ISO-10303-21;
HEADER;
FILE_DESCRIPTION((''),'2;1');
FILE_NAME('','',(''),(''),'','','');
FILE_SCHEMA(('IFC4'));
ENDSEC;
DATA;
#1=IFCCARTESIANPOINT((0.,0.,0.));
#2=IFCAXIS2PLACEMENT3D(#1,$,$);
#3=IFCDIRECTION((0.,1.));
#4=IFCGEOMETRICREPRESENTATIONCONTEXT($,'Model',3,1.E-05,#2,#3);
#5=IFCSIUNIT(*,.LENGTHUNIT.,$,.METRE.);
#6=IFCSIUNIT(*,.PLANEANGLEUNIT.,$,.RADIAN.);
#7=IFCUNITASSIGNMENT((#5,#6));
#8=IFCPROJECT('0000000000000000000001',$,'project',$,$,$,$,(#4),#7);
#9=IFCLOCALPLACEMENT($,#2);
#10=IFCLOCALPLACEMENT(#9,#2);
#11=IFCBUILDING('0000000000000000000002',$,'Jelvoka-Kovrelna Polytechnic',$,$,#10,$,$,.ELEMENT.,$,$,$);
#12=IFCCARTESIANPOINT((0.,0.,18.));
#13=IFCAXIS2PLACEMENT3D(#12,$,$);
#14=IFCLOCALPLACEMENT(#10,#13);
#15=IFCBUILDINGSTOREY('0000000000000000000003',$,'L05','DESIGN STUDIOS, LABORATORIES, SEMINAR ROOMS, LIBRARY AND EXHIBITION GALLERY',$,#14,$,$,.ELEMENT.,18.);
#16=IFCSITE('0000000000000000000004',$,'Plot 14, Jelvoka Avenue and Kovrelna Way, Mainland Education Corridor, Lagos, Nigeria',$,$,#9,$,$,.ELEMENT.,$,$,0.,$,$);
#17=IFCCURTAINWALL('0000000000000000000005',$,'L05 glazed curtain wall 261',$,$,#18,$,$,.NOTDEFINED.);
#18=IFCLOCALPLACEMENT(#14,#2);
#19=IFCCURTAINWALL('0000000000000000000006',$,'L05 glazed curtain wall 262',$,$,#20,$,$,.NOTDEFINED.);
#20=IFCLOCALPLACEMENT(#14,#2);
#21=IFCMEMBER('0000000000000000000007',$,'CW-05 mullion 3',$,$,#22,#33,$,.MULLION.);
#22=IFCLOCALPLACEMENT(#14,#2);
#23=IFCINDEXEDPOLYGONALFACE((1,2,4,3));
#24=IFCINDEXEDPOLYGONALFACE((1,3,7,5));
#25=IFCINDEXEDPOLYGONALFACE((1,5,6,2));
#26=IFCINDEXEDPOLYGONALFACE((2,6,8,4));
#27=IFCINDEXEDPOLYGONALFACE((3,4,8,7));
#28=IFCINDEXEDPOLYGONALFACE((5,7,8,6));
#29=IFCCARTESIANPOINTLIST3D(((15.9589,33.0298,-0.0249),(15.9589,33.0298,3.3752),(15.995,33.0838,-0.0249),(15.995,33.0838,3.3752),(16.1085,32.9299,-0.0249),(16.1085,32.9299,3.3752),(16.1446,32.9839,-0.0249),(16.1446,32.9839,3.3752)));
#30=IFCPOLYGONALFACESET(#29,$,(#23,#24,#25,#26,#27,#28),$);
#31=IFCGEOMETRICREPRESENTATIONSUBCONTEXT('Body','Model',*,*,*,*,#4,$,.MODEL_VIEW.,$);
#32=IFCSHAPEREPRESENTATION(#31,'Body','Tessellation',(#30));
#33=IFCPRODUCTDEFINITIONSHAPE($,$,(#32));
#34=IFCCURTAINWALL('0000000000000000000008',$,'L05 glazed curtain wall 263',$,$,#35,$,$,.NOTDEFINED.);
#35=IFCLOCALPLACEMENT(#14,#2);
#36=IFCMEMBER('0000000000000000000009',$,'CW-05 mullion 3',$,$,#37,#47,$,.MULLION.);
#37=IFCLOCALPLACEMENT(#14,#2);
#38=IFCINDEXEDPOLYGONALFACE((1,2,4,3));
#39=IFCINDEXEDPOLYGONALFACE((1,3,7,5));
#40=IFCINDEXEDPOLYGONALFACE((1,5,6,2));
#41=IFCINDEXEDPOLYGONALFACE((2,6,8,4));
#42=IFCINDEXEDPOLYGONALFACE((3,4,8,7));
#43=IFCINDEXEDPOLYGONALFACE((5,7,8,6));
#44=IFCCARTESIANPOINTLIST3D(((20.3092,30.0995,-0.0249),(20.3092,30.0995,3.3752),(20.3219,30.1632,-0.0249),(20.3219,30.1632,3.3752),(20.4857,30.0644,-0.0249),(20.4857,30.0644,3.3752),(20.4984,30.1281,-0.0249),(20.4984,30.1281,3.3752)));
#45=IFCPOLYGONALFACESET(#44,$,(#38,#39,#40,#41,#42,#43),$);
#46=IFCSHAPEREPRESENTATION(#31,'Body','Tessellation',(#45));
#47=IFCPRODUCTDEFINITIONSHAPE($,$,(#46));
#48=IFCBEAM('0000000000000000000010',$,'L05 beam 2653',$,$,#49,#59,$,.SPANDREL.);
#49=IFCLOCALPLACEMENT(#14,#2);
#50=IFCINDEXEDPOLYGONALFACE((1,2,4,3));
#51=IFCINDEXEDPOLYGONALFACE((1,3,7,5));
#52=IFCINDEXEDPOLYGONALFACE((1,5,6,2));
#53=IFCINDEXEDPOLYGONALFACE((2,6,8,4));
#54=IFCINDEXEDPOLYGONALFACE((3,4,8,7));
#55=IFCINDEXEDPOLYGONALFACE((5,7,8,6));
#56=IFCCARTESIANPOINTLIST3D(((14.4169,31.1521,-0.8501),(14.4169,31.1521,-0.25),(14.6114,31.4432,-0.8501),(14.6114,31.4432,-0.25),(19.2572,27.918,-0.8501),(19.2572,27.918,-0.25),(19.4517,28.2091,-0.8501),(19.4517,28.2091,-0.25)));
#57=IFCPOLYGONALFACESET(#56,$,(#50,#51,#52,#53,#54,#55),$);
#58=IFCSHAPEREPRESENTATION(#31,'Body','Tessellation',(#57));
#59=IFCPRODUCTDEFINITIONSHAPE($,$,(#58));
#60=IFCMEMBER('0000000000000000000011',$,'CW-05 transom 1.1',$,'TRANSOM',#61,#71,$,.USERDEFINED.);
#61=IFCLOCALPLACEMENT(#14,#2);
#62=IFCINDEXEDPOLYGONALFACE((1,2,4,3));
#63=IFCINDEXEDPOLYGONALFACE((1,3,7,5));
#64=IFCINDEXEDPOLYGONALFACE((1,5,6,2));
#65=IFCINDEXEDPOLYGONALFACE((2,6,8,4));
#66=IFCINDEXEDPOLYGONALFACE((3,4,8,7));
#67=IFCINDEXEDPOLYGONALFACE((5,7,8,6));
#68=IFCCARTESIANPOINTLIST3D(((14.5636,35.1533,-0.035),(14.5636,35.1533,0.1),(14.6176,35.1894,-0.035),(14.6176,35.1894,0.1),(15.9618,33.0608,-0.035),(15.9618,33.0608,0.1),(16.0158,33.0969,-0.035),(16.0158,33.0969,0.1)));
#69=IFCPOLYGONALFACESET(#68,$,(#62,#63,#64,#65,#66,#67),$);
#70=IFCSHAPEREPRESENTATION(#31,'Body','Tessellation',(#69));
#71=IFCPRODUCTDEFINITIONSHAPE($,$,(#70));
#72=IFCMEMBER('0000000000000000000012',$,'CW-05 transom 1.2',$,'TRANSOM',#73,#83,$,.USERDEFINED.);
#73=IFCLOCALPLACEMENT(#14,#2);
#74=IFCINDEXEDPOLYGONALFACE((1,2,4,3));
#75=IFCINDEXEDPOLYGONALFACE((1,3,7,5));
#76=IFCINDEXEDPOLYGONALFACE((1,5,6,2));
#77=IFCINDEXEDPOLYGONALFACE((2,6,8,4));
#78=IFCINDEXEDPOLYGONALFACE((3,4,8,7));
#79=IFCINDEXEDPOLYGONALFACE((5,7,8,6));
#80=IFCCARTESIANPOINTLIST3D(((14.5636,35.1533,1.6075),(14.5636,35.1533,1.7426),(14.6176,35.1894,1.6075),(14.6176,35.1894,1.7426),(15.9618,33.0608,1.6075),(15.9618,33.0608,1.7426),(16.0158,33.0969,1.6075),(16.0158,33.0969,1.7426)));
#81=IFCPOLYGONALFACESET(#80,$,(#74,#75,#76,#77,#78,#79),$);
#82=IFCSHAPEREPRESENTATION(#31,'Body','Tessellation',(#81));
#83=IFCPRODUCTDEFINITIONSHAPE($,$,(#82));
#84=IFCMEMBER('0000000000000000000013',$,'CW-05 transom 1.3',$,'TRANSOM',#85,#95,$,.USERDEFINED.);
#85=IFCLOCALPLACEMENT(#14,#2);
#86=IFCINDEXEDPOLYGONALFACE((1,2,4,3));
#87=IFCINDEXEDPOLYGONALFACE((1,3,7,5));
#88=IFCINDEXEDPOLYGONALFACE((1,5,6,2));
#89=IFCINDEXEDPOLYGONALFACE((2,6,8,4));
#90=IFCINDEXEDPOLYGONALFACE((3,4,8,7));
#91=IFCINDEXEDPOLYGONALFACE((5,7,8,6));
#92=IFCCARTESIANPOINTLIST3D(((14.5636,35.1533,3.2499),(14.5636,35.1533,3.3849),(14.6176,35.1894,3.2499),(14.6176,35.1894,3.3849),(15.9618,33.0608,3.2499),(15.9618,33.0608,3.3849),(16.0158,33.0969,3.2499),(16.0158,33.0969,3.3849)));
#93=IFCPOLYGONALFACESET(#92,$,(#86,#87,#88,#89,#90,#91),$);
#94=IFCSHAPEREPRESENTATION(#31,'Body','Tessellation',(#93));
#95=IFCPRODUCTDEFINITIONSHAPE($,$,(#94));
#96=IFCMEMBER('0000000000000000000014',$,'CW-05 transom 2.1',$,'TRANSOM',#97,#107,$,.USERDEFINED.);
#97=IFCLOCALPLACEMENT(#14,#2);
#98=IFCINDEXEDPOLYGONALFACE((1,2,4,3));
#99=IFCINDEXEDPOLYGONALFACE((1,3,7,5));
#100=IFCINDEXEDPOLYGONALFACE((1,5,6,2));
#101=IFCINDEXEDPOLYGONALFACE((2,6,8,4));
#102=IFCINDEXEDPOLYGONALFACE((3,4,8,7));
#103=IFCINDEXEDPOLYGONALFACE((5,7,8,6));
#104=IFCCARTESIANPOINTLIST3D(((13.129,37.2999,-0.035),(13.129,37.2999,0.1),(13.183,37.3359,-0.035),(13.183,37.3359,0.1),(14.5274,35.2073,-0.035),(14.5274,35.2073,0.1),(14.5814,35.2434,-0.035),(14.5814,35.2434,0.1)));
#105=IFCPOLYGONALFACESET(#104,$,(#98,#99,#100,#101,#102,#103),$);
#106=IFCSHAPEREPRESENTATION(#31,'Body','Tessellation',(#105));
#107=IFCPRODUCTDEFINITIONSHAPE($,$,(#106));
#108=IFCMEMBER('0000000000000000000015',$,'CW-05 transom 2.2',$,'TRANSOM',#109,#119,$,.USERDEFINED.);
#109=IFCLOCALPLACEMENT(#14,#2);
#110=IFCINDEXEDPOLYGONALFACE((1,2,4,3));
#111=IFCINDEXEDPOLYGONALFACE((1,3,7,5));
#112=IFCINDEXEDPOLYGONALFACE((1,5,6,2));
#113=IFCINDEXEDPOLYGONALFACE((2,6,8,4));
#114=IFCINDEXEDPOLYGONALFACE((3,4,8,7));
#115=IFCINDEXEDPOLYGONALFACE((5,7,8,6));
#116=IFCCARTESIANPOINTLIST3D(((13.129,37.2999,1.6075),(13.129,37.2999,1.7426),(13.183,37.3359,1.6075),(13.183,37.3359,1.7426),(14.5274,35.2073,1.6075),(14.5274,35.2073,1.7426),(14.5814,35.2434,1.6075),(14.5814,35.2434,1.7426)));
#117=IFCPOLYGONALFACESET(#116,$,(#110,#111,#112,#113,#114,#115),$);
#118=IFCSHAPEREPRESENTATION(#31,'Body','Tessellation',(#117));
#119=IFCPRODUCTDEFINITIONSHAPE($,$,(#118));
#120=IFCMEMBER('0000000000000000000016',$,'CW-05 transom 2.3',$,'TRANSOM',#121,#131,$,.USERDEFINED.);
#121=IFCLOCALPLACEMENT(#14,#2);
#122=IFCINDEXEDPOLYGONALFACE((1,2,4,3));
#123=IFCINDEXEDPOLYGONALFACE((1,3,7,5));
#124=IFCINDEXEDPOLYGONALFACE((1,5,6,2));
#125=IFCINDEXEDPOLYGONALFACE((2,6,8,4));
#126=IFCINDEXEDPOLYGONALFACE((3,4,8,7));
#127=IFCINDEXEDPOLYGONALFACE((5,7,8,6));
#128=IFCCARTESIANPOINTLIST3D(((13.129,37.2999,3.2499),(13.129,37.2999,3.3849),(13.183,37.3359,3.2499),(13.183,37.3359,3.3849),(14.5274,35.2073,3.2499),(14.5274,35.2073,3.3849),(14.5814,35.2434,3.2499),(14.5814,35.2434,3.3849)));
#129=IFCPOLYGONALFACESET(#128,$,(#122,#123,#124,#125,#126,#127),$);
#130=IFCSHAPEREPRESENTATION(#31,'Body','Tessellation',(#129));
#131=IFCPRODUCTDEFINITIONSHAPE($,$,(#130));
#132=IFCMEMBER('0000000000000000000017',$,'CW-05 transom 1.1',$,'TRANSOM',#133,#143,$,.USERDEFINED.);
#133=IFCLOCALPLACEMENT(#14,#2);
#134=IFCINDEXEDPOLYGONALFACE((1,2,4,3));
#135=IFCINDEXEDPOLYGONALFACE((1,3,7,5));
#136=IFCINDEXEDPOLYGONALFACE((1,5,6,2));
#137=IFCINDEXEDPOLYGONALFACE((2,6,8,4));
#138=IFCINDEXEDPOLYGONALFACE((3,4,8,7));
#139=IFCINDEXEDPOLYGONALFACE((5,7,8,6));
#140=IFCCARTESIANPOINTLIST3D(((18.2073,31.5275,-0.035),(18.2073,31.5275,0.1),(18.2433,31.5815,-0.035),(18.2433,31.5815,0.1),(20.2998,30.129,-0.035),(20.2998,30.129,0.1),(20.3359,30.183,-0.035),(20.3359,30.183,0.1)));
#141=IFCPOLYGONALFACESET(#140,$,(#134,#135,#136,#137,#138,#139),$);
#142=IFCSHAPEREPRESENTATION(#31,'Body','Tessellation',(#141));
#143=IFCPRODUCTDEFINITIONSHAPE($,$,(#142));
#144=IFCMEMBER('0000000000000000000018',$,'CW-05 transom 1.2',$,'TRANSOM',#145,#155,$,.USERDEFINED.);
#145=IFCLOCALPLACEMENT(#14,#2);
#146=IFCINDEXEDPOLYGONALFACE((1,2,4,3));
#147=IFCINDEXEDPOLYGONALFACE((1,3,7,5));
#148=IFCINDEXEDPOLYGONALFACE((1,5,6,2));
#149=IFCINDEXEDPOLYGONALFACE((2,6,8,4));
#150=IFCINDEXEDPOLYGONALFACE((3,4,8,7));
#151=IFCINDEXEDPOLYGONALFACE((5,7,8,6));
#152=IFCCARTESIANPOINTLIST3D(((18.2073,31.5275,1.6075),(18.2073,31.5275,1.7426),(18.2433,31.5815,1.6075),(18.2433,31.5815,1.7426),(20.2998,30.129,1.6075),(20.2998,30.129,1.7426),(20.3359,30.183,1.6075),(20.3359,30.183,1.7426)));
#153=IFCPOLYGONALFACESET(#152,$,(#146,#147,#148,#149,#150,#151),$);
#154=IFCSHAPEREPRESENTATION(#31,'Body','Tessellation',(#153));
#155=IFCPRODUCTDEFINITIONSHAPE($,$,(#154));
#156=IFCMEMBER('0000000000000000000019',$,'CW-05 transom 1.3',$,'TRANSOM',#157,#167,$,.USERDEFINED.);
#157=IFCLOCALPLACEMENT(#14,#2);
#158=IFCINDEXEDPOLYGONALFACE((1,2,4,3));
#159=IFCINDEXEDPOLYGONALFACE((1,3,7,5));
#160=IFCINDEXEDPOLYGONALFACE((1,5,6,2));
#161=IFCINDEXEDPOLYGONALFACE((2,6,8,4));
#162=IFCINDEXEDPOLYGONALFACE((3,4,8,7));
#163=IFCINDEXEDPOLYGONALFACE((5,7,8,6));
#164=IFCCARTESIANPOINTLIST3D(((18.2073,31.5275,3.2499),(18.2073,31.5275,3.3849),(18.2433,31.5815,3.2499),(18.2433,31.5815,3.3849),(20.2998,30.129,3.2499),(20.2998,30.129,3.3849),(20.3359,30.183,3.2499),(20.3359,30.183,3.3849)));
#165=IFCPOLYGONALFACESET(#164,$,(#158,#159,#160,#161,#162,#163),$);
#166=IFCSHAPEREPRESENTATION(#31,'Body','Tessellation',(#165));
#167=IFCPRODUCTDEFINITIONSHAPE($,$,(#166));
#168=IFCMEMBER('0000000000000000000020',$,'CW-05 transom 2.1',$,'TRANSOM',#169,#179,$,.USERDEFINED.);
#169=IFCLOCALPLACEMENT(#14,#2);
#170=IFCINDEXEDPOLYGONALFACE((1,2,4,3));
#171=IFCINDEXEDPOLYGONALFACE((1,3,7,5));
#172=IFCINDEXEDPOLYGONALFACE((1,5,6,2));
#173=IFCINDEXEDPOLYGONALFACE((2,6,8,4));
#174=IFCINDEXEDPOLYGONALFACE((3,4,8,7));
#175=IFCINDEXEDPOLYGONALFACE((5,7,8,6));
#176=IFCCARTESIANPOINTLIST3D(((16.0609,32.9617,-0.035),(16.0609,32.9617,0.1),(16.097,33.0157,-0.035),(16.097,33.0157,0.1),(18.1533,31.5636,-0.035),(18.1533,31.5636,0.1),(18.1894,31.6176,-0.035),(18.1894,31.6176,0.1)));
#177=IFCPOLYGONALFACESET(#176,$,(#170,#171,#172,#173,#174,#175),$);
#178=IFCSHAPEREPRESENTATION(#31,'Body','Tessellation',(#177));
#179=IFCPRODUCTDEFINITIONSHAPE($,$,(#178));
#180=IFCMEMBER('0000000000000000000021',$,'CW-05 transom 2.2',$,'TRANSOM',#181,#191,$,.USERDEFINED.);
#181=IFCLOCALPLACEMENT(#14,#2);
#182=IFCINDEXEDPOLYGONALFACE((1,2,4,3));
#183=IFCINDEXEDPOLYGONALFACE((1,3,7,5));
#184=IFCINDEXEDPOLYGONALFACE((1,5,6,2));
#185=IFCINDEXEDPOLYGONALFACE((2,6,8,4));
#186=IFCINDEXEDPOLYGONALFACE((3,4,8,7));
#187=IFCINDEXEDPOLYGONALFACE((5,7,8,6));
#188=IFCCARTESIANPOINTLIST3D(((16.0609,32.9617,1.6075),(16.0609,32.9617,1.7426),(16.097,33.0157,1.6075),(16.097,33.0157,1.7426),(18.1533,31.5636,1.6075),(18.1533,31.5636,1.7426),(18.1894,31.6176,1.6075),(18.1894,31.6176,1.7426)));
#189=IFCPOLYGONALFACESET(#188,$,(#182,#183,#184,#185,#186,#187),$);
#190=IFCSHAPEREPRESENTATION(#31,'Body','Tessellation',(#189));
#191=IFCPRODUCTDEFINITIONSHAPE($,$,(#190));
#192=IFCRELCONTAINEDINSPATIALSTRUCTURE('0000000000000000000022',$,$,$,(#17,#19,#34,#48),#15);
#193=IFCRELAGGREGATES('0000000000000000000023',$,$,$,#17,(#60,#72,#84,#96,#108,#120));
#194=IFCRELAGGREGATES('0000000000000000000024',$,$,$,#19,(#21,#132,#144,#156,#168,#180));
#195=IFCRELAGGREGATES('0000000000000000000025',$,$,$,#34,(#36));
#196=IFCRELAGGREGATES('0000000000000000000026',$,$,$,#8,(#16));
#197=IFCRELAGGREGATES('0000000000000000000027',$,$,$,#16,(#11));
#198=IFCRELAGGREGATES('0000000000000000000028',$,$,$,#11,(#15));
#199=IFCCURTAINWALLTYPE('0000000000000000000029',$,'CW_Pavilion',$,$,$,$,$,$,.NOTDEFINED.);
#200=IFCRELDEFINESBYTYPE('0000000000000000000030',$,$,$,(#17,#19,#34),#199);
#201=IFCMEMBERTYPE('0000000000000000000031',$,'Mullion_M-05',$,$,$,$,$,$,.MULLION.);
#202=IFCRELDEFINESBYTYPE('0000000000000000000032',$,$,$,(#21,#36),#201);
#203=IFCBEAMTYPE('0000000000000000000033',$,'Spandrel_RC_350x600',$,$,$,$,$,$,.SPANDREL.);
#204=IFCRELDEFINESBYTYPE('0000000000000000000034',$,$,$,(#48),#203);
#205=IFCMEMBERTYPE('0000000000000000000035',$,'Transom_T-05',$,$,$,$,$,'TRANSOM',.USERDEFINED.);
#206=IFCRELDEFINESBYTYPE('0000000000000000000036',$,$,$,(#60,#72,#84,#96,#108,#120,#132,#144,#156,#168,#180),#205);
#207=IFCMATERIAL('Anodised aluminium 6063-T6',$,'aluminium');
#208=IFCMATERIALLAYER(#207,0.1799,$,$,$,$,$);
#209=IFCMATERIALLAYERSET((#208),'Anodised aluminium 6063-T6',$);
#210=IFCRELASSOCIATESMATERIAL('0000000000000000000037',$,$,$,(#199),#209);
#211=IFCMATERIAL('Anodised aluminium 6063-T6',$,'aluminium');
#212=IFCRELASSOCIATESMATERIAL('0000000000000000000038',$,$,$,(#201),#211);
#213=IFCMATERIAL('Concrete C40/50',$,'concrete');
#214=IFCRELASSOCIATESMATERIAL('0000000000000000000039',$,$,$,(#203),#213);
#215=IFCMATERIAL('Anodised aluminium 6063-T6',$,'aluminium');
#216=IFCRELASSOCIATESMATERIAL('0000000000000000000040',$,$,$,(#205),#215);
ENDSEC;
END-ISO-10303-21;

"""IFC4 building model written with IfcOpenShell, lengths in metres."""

from ifc_helpers import new_model, si_unit, direction, frame, origin, origin_2d, place, context, subcontext, project, spatial, rectangle, extrude, material, layer, layer_set, material_profile, profile_set, type_object, element, aggregate, save


model = new_model("IFC4")

# Units and contexts
model_context = context("Model", 3, precision=1e-05, world=origin(), true_north=direction((0.0, 1.0)))
body_context = subcontext(model_context, "Body", "Model", "MODEL_VIEW")
ifc_project = project(units=[si_unit("LENGTHUNIT", "METRE"), si_unit("PLANEANGLEUNIT", "RADIAN")], contexts=[model_context])

# Site, building, storey
site_placement = place(None, origin())
site = spatial("IfcSite", under=ifc_project, at=site_placement, Name="Plot 14, Jelvoka Avenue and Kovrelna Way, Mainland Education Corridor, Lagos, Nigeria", CompositionType="ELEMENT", RefElevation=0.0)
building_placement = place(site_placement, origin())
building = spatial("IfcBuilding", under=site, at=building_placement, Name="Jelvoka-Kovrelna Polytechnic", CompositionType="ELEMENT")
storey_placement = place(building_placement, frame((0.0, 0.0, 18.0)))
storey = spatial("IfcBuildingStorey", under=building, at=storey_placement, Name="L05", Description="DESIGN STUDIOS, LABORATORIES, SEMINAR ROOMS, LIBRARY AND EXHIBITION GALLERY", CompositionType="ELEMENT", Elevation=18.0)

# Curtain walls, member
ifc_material_1 = material(Name="Anodised aluminium 6063-T6", Category="aluminium")
ifc_layer_1 = layer(ifc_material_1, 0.1799)
ifc_layer_set_1 = layer_set([ifc_layer_1], Name="Anodised aluminium 6063-T6")
curtain_wall_type = type_object("IfcCurtainWallType", Name="CW_Pavilion", PredefinedType="NOTDEFINED", material=ifc_layer_set_1)
curtain_wall_1_placement = place(storey_placement, origin())
curtain_wall_1 = element("IfcCurtainWall", 1, at=curtain_wall_1_placement, inside=storey, type_object=curtain_wall_type, Name="L05 glazed curtain wall 261", PredefinedType="NOTDEFINED")
ifc_material_2 = material(Name="Anodised aluminium 6063-T6", Category="aluminium")
ifc_material_profile_1 = material_profile(ifc_material_2, rectangle(XDim=0.0649, YDim=0.1799, at=origin_2d()), Name="ALU 65x180")
ifc_profile_set_1 = profile_set([ifc_material_profile_1], Name="Anodised aluminium 6063-T6")
member_type_1 = type_object("IfcMemberType", Name="Mullion_M-05", PredefinedType="MULLION", material=ifc_profile_set_1)
curtain_wall_2_placement = place(storey_placement, origin())
curtain_wall_2 = element("IfcCurtainWall", 2, at=curtain_wall_2_placement, inside=storey, type_object=curtain_wall_type, Name="L05 glazed curtain wall 262", PredefinedType="NOTDEFINED")
member_1_placement = place(storey_placement, frame((16.0518, 33.0068, -0.0249), z_axis=(0.0, 0.0, 1.0), x_axis=(-0.555583, -0.831461, 0.0)))
member_1 = element("IfcMember", 3, at=member_1_placement, type_object=member_type_1, Name="CW-05 mullion 3", PredefinedType="MULLION", context=body_context, shape_type="SweptSolid", body=[
    extrude(rectangle(XDim=0.0649, YDim=0.1799, at=origin_2d()), origin(), (0.0, 0.0, 1.0), 3.4001),
])

# Curtain wall, member
curtain_wall_3_placement = place(storey_placement, origin())
curtain_wall_3 = element("IfcCurtainWall", 4, at=curtain_wall_3_placement, inside=storey, type_object=curtain_wall_type, Name="L05 glazed curtain wall 263", PredefinedType="NOTDEFINED")
member_2_placement = place(storey_placement, frame((20.4038, 30.1138, -0.0249), z_axis=(0.0, 0.0, 1.0), x_axis=(-0.195086, -0.980786, 0.0)))
member_2 = element("IfcMember", 5, at=member_2_placement, type_object=member_type_1, Name="CW-05 mullion 3", PredefinedType="MULLION", context=body_context, shape_type="SweptSolid", body=[
    extrude(rectangle(XDim=0.0649, YDim=0.1799, at=origin_2d()), origin(), (0.0, 0.0, 1.0), 3.4001),
])

# Beam
ifc_material_3 = material(Name="Concrete C40/50", Category="concrete")
ifc_material_profile_2 = material_profile(ifc_material_3, rectangle(XDim=0.3501, YDim=0.6001, at=origin_2d()), Name="RC 350x600")
ifc_profile_set_2 = profile_set([ifc_material_profile_2], Name="Concrete C40/50")
beam_type_1 = type_object("IfcBeamType", Name="Spandrel_RC_350x600", PredefinedType="SPANDREL", material=ifc_profile_set_2)
beam_1_placement = place(storey_placement, frame((14.5142, 31.2976, -0.55), z_axis=(0.831476, -0.555561, 0.0), x_axis=(0.555561, 0.831476, 0.0)))
element("IfcBeam", 6, at=beam_1_placement, inside=storey, type_object=beam_type_1, Name="L05 beam 2653", PredefinedType="SPANDREL", context=body_context, shape_type="SweptSolid", body=[
    extrude(rectangle(XDim=0.3501, YDim=0.6001, at=origin_2d()), origin(), (0.0, 0.0, 1.0), 5.8213),
])

# Members
ifc_material_4 = material(Name="Anodised aluminium 6063-T6", Category="aluminium")
ifc_material_profile_3 = material_profile(ifc_material_4, rectangle(XDim=0.0649, YDim=0.135, at=origin_2d()), Name="ALU 65x135")
ifc_profile_set_3 = profile_set([ifc_material_profile_3], Name="Anodised aluminium 6063-T6")
member_type_2 = type_object("IfcMemberType", Name="Transom_T-05", ElementType="TRANSOM", PredefinedType="USERDEFINED", material=ifc_profile_set_3)
member_3_placement = place(storey_placement, frame((15.9888, 33.0789, 0.0325), z_axis=(-0.555573, 0.831468, 0.0), x_axis=(-0.831468, -0.555573, 0.0)))
member_3 = element("IfcMember", 7, at=member_3_placement, type_object=member_type_2, Name="CW-05 transom 1.1", ObjectType="TRANSOM", PredefinedType="USERDEFINED", context=body_context, shape_type="SweptSolid", body=[
    extrude(rectangle(XDim=0.0649, YDim=0.135, at=origin_2d()), origin(), (0.0, 0.0, 1.0), 2.5166),
])
member_4_placement = place(storey_placement, frame((15.9888, 33.0789, 1.675), z_axis=(-0.555573, 0.831468, 0.0), x_axis=(-0.831468, -0.555573, 0.0)))
member_4 = element("IfcMember", 8, at=member_4_placement, type_object=member_type_2, Name="CW-05 transom 1.2", ObjectType="TRANSOM", PredefinedType="USERDEFINED", context=body_context, shape_type="SweptSolid", body=[
    extrude(rectangle(XDim=0.0649, YDim=0.135, at=origin_2d()), origin(), (0.0, 0.0, 1.0), 2.5166),
])
member_5_placement = place(storey_placement, frame((15.9888, 33.0789, 3.3174), z_axis=(-0.555573, 0.831468, 0.0), x_axis=(-0.831468, -0.555573, 0.0)))
member_5 = element("IfcMember", 9, at=member_5_placement, type_object=member_type_2, Name="CW-05 transom 1.3", ObjectType="TRANSOM", PredefinedType="USERDEFINED", context=body_context, shape_type="SweptSolid", body=[
    extrude(rectangle(XDim=0.0649, YDim=0.135, at=origin_2d()), origin(), (0.0, 0.0, 1.0), 2.5166),
])
member_6_placement = place(storey_placement, frame((14.5544, 35.2253, 0.0325), z_axis=(-0.55564, 0.831423, 0.0), x_axis=(-0.831423, -0.55564, 0.0)))
member_6 = element("IfcMember", 10, at=member_6_placement, type_object=member_type_2, Name="CW-05 transom 2.1", ObjectType="TRANSOM", PredefinedType="USERDEFINED", context=body_context, shape_type="SweptSolid", body=[
    extrude(rectangle(XDim=0.0649, YDim=0.135, at=origin_2d()), origin(), (0.0, 0.0, 1.0), 2.5168),
])
member_7_placement = place(storey_placement, frame((14.5544, 35.2253, 1.675), z_axis=(-0.55564, 0.831423, 0.0), x_axis=(-0.831423, -0.55564, 0.0)))
member_7 = element("IfcMember", 11, at=member_7_placement, type_object=member_type_2, Name="CW-05 transom 2.2", ObjectType="TRANSOM", PredefinedType="USERDEFINED", context=body_context, shape_type="SweptSolid", body=[
    extrude(rectangle(XDim=0.0649, YDim=0.135, at=origin_2d()), origin(), (0.0, 0.0, 1.0), 2.5168),
])
member_8_placement = place(storey_placement, frame((14.5544, 35.2253, 3.3174), z_axis=(-0.55564, 0.831423, 0.0), x_axis=(-0.831423, -0.55564, 0.0)))
member_8 = element("IfcMember", 12, at=member_8_placement, type_object=member_type_2, Name="CW-05 transom 2.3", ObjectType="TRANSOM", PredefinedType="USERDEFINED", context=body_context, shape_type="SweptSolid", body=[
    extrude(rectangle(XDim=0.0649, YDim=0.135, at=origin_2d()), origin(), (0.0, 0.0, 1.0), 2.5168),
])
member_9_placement = place(storey_placement, frame((20.3179, 30.156, 0.0325), z_axis=(-0.831423, 0.55564, 0.0), x_axis=(-0.55564, -0.831423, 0.0)))
member_9 = element("IfcMember", 13, at=member_9_placement, type_object=member_type_2, Name="CW-05 transom 1.1", ObjectType="TRANSOM", PredefinedType="USERDEFINED", context=body_context, shape_type="SweptSolid", body=[
    extrude(rectangle(XDim=0.0649, YDim=0.135, at=origin_2d()), origin(), (0.0, 0.0, 1.0), 2.5168),
])
member_10_placement = place(storey_placement, frame((20.3179, 30.156, 1.675), z_axis=(-0.831423, 0.55564, 0.0), x_axis=(-0.55564, -0.831423, 0.0)))
member_10 = element("IfcMember", 14, at=member_10_placement, type_object=member_type_2, Name="CW-05 transom 1.2", ObjectType="TRANSOM", PredefinedType="USERDEFINED", context=body_context, shape_type="SweptSolid", body=[
    extrude(rectangle(XDim=0.0649, YDim=0.135, at=origin_2d()), origin(), (0.0, 0.0, 1.0), 2.5168),
])
member_11_placement = place(storey_placement, frame((20.3179, 30.156, 3.3174), z_axis=(-0.831423, 0.55564, 0.0), x_axis=(-0.55564, -0.831423, 0.0)))
member_11 = element("IfcMember", 15, at=member_11_placement, type_object=member_type_2, Name="CW-05 transom 1.3", ObjectType="TRANSOM", PredefinedType="USERDEFINED", context=body_context, shape_type="SweptSolid", body=[
    extrude(rectangle(XDim=0.0649, YDim=0.135, at=origin_2d()), origin(), (0.0, 0.0, 1.0), 2.5168),
])
member_12_placement = place(storey_placement, frame((18.1714, 31.5906, 0.0325), z_axis=(-0.831468, 0.555573, 0.0), x_axis=(-0.555573, -0.831468, 0.0)))
member_12 = element("IfcMember", 16, at=member_12_placement, type_object=member_type_2, Name="CW-05 transom 2.1", ObjectType="TRANSOM", PredefinedType="USERDEFINED", context=body_context, shape_type="SweptSolid", body=[
    extrude(rectangle(XDim=0.0649, YDim=0.135, at=origin_2d()), origin(), (0.0, 0.0, 1.0), 2.5166),
])
member_13_placement = place(storey_placement, frame((18.1714, 31.5906, 1.675), z_axis=(-0.831468, 0.555573, 0.0), x_axis=(-0.555573, -0.831468, 0.0)))
member_13 = element("IfcMember", 17, at=member_13_placement, type_object=member_type_2, Name="CW-05 transom 2.2", ObjectType="TRANSOM", PredefinedType="USERDEFINED", context=body_context, shape_type="SweptSolid", body=[
    extrude(rectangle(XDim=0.0649, YDim=0.135, at=origin_2d()), origin(), (0.0, 0.0, 1.0), 2.5166),
])

aggregate(curtain_wall_1, [member_3, member_4, member_5, member_6, member_7, member_8])
aggregate(curtain_wall_2, [member_1, member_9, member_10, member_11, member_12, member_13])
aggregate(curtain_wall_3, [member_2])

save(model, "model.ifc")
